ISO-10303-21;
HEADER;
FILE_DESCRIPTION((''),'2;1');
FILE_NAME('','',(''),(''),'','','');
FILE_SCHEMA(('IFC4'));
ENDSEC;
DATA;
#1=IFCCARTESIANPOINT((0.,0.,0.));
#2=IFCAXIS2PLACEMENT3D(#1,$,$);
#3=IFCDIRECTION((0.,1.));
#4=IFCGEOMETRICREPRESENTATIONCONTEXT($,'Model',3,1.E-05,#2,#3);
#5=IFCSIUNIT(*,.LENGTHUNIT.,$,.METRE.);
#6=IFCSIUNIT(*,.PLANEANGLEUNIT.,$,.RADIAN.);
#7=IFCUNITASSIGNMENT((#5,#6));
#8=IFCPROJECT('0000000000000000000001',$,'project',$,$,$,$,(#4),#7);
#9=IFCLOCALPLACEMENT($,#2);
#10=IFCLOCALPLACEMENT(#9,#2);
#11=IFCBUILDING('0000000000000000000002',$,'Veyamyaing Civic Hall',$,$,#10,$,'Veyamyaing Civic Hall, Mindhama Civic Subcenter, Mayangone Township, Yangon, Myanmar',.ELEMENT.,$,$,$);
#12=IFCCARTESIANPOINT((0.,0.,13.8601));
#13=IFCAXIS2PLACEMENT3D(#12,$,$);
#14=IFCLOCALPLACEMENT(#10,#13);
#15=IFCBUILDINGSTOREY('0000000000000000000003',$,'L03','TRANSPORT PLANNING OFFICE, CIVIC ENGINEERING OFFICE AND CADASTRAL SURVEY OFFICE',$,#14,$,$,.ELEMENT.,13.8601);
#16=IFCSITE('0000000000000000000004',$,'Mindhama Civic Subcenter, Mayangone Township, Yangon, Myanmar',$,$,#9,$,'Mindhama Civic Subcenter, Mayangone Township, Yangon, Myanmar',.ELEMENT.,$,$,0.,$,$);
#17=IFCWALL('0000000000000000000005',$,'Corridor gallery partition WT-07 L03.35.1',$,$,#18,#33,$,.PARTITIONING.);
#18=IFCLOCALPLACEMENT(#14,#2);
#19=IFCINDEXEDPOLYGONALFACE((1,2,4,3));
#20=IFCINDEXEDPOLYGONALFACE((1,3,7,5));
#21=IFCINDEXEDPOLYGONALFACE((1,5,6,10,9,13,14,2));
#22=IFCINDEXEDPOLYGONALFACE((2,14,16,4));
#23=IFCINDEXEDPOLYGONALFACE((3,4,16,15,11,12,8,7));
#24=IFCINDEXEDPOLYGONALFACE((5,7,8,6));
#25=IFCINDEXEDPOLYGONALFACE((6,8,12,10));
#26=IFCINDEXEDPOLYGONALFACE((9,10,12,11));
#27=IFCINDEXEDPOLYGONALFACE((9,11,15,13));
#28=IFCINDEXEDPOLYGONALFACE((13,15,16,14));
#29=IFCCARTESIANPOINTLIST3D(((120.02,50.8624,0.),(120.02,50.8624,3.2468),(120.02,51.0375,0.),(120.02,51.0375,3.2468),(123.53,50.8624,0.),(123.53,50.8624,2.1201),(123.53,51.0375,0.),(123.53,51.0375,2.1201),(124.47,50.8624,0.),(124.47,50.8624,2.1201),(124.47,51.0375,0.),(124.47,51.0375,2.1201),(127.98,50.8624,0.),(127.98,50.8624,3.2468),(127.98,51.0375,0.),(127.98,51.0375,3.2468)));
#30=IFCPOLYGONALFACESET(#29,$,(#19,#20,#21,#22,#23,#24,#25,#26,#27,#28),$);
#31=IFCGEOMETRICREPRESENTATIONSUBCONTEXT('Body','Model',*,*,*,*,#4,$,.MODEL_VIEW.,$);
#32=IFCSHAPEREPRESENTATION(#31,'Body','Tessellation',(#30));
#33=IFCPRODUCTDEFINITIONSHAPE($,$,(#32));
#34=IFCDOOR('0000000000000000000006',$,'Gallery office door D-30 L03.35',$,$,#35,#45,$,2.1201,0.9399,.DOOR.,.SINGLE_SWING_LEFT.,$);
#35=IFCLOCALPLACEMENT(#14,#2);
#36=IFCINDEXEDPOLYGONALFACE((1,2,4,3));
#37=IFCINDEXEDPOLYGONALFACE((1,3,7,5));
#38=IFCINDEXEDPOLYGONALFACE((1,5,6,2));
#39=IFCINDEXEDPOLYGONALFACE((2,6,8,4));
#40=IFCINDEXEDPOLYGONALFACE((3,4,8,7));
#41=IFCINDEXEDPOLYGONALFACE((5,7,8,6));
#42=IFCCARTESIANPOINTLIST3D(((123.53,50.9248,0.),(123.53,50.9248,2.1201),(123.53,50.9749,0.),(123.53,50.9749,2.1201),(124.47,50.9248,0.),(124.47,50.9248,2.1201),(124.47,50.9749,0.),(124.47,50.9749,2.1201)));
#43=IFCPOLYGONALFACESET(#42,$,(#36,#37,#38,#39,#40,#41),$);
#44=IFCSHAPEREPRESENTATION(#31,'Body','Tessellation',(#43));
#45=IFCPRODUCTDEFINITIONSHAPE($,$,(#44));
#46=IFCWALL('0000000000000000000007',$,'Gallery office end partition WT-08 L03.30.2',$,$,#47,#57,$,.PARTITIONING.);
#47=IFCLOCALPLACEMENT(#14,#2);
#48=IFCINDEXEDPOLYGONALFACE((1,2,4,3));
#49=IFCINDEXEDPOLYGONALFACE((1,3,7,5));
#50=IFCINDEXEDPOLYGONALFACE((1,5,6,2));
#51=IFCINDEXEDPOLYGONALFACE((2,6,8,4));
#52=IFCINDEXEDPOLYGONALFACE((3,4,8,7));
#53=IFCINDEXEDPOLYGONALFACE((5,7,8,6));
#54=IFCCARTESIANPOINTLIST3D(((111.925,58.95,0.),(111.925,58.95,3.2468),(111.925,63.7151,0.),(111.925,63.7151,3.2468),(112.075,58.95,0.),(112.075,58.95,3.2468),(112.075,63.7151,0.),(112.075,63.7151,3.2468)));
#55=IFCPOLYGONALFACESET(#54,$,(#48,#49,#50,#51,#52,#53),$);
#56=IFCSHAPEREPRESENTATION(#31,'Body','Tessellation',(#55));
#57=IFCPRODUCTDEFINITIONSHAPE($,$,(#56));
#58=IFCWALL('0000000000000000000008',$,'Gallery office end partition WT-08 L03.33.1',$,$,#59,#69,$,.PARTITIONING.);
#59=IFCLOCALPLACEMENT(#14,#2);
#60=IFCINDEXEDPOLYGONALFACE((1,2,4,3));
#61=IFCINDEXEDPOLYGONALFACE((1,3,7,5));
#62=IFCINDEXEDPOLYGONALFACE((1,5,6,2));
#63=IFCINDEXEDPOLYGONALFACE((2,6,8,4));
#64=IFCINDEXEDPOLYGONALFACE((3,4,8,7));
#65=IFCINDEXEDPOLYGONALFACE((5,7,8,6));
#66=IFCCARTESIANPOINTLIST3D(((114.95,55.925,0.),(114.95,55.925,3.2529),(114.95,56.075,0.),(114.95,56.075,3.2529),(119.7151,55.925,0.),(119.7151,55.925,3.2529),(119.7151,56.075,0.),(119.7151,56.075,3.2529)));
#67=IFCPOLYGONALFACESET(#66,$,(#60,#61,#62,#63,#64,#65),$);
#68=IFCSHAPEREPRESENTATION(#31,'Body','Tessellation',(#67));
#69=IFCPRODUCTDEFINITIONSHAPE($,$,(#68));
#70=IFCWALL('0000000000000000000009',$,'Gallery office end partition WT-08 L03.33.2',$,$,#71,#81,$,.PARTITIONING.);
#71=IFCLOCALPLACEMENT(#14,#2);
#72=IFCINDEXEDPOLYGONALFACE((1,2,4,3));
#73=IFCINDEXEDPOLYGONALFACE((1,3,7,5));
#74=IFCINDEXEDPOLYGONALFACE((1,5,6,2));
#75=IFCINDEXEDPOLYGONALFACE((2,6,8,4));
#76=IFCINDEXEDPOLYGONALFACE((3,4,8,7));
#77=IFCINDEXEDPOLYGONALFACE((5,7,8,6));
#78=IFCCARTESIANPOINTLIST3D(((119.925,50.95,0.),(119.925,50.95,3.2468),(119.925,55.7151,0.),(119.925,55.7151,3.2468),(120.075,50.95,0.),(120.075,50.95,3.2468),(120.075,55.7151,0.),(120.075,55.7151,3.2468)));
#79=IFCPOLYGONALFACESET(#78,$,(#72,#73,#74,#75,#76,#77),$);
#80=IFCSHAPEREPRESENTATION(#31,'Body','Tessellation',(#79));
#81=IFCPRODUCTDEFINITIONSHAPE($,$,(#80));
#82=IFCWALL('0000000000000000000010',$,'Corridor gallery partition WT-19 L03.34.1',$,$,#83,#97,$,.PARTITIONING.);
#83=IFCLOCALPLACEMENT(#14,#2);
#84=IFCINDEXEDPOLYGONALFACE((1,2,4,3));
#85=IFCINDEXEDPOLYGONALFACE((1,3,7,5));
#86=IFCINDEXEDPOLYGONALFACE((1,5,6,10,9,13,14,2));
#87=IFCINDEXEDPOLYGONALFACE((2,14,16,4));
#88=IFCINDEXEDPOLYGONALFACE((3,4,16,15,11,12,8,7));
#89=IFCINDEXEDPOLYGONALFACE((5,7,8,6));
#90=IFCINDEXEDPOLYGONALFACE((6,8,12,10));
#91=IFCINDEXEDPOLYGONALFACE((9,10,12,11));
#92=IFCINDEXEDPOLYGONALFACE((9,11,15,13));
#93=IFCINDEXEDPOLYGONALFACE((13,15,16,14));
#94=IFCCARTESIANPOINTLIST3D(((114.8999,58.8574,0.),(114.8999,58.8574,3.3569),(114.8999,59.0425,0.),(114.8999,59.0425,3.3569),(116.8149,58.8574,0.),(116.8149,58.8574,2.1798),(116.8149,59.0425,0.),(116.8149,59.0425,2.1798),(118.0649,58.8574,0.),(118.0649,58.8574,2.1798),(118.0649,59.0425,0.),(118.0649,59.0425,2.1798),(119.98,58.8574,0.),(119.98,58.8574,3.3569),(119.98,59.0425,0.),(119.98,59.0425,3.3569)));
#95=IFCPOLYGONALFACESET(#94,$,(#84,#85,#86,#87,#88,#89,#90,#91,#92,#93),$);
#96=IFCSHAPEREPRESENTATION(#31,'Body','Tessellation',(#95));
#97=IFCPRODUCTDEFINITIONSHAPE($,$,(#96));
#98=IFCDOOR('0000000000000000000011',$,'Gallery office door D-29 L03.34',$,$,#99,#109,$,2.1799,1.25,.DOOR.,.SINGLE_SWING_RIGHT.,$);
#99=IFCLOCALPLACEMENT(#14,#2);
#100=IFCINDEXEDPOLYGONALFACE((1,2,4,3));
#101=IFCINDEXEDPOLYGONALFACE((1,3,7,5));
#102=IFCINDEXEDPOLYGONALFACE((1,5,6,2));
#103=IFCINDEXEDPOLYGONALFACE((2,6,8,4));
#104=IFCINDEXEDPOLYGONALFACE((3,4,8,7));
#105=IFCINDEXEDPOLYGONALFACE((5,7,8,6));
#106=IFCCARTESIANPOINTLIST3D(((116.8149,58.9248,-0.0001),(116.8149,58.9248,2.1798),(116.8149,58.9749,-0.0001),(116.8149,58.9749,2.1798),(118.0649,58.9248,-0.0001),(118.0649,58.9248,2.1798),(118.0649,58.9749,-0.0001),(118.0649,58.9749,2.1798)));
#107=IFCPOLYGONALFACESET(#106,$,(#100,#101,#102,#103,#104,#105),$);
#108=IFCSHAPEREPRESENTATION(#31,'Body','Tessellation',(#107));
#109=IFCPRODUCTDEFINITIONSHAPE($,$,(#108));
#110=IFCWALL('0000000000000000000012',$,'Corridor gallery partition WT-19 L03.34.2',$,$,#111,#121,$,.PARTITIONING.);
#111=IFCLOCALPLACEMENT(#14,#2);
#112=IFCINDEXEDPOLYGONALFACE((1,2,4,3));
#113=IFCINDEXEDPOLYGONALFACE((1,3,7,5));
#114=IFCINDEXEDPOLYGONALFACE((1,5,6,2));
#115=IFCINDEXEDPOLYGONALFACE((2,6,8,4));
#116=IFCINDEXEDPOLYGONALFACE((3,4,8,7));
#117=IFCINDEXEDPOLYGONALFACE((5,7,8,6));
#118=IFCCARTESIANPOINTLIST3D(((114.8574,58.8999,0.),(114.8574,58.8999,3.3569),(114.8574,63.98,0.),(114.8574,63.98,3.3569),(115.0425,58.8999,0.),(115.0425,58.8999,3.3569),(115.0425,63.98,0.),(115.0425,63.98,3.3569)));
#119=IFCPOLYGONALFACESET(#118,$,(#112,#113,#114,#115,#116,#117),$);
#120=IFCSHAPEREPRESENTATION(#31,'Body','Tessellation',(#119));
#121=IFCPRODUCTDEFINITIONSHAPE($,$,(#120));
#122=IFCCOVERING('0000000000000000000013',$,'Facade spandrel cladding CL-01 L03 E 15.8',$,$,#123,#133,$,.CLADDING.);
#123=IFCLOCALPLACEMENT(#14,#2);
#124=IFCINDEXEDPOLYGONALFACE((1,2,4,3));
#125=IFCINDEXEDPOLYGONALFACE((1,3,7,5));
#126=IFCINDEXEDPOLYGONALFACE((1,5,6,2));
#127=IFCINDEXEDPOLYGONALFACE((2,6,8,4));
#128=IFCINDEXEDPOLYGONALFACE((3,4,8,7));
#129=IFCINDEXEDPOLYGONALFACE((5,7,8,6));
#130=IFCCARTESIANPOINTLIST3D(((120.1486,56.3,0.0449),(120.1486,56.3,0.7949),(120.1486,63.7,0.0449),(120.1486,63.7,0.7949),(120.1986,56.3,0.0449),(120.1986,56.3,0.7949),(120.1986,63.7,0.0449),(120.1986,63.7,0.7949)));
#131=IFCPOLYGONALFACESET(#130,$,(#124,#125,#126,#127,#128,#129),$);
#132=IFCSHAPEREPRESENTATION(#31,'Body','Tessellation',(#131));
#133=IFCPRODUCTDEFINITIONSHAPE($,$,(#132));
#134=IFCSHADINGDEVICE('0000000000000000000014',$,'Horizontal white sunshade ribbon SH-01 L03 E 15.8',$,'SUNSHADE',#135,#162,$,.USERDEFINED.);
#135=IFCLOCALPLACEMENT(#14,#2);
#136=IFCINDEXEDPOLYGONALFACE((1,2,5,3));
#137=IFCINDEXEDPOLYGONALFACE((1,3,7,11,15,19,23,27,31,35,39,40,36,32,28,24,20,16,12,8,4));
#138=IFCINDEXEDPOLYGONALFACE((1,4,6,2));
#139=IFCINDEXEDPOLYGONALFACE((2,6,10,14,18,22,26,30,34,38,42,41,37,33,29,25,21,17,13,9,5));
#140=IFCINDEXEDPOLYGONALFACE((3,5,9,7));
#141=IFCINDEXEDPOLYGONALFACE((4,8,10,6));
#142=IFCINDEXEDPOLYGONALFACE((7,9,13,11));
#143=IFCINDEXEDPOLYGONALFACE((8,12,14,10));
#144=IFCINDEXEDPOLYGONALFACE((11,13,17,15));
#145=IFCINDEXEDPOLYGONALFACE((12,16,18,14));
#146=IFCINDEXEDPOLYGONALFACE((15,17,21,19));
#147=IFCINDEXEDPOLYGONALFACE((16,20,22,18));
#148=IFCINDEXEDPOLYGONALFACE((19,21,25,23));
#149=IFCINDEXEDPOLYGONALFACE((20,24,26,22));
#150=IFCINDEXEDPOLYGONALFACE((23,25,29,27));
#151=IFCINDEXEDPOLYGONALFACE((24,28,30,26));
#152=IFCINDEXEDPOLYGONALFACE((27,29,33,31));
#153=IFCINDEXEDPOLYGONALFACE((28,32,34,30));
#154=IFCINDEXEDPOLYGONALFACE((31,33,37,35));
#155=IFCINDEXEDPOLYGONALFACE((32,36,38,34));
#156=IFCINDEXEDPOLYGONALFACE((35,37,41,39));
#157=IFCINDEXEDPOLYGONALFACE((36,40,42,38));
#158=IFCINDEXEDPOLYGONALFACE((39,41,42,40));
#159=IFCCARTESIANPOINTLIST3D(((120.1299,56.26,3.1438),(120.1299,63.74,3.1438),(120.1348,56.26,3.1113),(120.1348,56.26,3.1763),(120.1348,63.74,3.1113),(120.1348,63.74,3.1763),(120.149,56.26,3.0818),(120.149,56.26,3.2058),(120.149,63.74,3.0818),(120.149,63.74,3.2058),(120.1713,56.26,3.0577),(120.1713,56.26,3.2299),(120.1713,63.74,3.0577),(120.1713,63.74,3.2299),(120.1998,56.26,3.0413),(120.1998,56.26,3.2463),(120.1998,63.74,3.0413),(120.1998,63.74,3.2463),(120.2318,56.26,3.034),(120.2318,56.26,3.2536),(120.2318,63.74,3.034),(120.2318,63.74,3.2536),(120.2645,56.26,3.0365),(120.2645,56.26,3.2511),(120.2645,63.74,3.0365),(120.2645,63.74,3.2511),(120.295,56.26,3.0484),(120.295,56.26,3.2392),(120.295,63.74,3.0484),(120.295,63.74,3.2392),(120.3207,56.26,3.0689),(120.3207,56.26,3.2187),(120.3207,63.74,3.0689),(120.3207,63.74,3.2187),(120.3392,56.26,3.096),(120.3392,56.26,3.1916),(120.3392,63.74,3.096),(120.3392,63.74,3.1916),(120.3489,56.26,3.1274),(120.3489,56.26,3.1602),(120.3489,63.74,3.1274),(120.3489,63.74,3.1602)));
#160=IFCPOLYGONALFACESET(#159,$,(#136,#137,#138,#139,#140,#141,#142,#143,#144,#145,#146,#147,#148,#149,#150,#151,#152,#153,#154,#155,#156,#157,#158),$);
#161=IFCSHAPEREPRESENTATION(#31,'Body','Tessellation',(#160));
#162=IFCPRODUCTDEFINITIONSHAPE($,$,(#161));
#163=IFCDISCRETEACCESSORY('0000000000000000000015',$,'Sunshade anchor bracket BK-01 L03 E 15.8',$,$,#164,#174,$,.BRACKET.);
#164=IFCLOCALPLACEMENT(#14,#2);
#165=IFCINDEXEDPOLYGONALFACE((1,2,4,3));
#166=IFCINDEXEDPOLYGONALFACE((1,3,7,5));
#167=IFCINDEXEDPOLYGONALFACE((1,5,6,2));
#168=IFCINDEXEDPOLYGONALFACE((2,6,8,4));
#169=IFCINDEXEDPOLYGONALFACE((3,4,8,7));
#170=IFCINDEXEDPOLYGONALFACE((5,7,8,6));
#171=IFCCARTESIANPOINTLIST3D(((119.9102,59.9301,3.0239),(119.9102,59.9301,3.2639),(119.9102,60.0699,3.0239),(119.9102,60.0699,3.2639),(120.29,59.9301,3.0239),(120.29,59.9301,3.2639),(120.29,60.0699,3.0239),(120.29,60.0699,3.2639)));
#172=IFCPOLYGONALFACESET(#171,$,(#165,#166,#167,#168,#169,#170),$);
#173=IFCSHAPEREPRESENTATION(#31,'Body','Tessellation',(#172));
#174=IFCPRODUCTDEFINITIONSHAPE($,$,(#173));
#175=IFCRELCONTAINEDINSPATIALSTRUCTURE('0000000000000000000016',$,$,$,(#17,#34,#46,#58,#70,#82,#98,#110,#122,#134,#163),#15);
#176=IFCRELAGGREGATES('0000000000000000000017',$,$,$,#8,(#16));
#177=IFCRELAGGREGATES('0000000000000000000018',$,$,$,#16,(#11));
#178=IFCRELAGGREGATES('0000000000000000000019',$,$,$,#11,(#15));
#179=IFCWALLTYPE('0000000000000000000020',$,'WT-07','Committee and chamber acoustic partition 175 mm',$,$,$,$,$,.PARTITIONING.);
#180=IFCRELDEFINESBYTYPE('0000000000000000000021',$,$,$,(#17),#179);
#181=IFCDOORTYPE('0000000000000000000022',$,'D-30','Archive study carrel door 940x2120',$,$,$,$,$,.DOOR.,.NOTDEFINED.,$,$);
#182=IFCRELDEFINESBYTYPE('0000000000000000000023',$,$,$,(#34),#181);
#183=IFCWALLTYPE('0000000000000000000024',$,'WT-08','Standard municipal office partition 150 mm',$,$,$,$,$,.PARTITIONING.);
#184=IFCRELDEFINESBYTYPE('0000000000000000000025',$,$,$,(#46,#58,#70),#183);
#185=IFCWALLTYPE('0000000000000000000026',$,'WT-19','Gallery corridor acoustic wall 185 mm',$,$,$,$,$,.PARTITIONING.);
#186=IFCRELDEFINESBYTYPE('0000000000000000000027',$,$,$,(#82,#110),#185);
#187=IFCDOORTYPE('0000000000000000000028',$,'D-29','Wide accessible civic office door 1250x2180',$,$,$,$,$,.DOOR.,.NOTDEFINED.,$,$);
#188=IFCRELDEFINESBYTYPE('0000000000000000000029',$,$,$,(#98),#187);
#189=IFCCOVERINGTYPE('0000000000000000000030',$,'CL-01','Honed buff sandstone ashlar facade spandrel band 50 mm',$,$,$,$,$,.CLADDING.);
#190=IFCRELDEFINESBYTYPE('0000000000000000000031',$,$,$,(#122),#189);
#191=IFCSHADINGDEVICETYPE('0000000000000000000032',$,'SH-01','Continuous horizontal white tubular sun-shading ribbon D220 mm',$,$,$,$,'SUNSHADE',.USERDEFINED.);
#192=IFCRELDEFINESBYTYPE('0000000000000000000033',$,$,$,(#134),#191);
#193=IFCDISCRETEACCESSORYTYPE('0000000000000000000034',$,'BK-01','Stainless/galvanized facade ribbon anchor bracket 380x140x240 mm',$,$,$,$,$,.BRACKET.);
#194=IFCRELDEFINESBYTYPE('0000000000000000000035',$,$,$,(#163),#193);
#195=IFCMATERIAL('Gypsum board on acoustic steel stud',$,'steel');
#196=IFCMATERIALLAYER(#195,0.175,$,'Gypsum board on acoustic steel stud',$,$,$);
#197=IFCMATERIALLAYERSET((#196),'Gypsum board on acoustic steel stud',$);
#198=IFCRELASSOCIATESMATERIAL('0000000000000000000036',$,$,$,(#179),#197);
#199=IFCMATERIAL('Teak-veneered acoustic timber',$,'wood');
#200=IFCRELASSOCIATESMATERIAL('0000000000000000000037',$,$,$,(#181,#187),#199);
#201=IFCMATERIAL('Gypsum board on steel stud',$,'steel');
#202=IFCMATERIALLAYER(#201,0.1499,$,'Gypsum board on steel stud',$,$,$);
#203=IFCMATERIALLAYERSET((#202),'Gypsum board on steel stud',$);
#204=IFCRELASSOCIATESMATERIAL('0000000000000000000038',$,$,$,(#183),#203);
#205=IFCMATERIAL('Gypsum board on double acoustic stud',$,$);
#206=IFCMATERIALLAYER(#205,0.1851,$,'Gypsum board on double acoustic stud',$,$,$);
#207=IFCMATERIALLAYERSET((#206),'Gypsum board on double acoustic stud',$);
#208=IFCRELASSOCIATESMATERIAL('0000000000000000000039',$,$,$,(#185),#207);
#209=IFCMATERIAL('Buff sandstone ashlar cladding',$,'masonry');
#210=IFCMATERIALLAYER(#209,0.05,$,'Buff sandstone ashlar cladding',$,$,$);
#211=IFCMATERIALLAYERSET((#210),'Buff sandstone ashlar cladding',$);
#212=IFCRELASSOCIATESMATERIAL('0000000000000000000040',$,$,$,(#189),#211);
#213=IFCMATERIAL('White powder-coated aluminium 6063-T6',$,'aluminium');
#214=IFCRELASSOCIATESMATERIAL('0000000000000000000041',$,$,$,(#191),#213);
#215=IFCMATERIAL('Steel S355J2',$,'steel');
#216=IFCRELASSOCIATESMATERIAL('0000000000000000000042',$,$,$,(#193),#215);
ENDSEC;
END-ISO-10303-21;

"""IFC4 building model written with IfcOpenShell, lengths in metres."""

from ifc_helpers import new_model, si_unit, direction, frame, frame_2d, origin, origin_2d, place, context, subcontext, project, spatial, rectangle, circle, extrude, material, layer, layer_set, material_profile, profile_set, type_object, element, fill, save


model = new_model("IFC4")

# Units and contexts
model_context = context("Model", 3, precision=1e-05, world=origin(), true_north=direction((0.0, 1.0)))
body_context = subcontext(model_context, "Body", "Model", "MODEL_VIEW")
ifc_project = project(units=[si_unit("LENGTHUNIT", "METRE"), si_unit("PLANEANGLEUNIT", "RADIAN")], contexts=[model_context])

# Site, building, storey
site_placement = place(None, origin())
site = spatial("IfcSite", under=ifc_project, at=site_placement, Name="Mindhama Civic Subcenter, Mayangone Township, Yangon, Myanmar", LongName="Mindhama Civic Subcenter, Mayangone Township, Yangon, Myanmar", CompositionType="ELEMENT", RefElevation=0.0)
building_placement = place(site_placement, origin())
building = spatial("IfcBuilding", under=site, at=building_placement, Name="Veyamyaing Civic Hall", LongName="Veyamyaing Civic Hall, Mindhama Civic Subcenter, Mayangone Township, Yangon, Myanmar", CompositionType="ELEMENT")
storey_placement = place(building_placement, frame((0.0, 0.0, 13.8601)))
storey = spatial("IfcBuildingStorey", under=building, at=storey_placement, Name="L03", Description="TRANSPORT PLANNING OFFICE, CIVIC ENGINEERING OFFICE AND CADASTRAL SURVEY OFFICE", CompositionType="ELEMENT", Elevation=13.8601)

# Wall, opening, door
ifc_material_1 = material(Name="Gypsum board on acoustic steel stud", Category="steel")
ifc_layer_1 = layer(ifc_material_1, 0.175, Name="Gypsum board on acoustic steel stud")
ifc_layer_set_1 = layer_set([ifc_layer_1], Name="Gypsum board on acoustic steel stud")
wall_type_1 = type_object("IfcWallType", Name="WT-07", Description="Committee and chamber acoustic partition 175 mm", PredefinedType="PARTITIONING", material=ifc_layer_set_1)
ifc_material_2 = material(Name="Teak-veneered acoustic timber", Category="wood")
wall_1_placement = place(storey_placement, frame((120.02, 50.95, 0.0), z_axis=(0.0, 0.0, 1.0), x_axis=(1.0, 0.0, 0.0)))
wall_1 = element("IfcWall", 1, at=wall_1_placement, inside=storey, type_object=wall_type_1, Name="Corridor gallery partition WT-07 L03.35.1", PredefinedType="PARTITIONING", context=body_context, shape_type="SweptSolid", body=[
    extrude(rectangle(XDim=7.96, YDim=0.175, at=frame_2d((3.98, 0.0))), origin(), (0.0, 0.0, 1.0), 3.2468),
])
opening_1_placement = place(wall_1_placement, frame((3.51, 0.0, 0.0)))
opening_1 = element("IfcOpeningElement", 2, at=opening_1_placement, cuts=wall_1, PredefinedType="OPENING", context=body_context, shape_type="SweptSolid", body=[
    extrude(rectangle(XDim=0.9399, YDim=2.1201, at=frame_2d((0.47, 1.0601))), frame((0.0, 0.0974, 0.0), z_axis=(0.0, -1.0, 0.0), x_axis=(1.0, 0.0, 0.0)), (0.0, 0.0, 1.0), 0.1951),
])
door_type_1 = type_object("IfcDoorType", Name="D-30", Description="Archive study carrel door 940x2120", OperationType="NOTDEFINED", PredefinedType="DOOR", material=ifc_material_2)
door_1_placement = place(opening_1_placement, origin())
door_1 = element("IfcDoor", 3, at=door_1_placement, inside=storey, type_object=door_type_1, Name="Gallery office door D-30 L03.35", OperationType="SINGLE_SWING_LEFT", OverallHeight=2.1201, OverallWidth=0.9399, PredefinedType="DOOR", context=body_context, shape_type="SweptSolid", body=[
    extrude(rectangle(XDim=0.9399, YDim=2.1201, at=frame_2d((0.47, 1.0601))), frame((0.0, 0.0249, 0.0), z_axis=(0.0, -1.0, 0.0), x_axis=(1.0, 0.0, 0.0)), (0.0, 0.0, 1.0), 0.05),
])
fill(opening_1, door_1)

# Walls
ifc_material_3 = material(Name="Gypsum board on steel stud", Category="steel")
ifc_layer_2 = layer(ifc_material_3, 0.1499, Name="Gypsum board on steel stud")
ifc_layer_set_2 = layer_set([ifc_layer_2], Name="Gypsum board on steel stud")
wall_type_2 = type_object("IfcWallType", Name="WT-08", Description="Standard municipal office partition 150 mm", PredefinedType="PARTITIONING", material=ifc_layer_set_2)
wall_2_placement = place(storey_placement, frame((112.0, 58.95, 0.0), z_axis=(0.0, 0.0, 1.0), x_axis=(0.0, 1.0, 0.0)))
element("IfcWall", 4, at=wall_2_placement, inside=storey, type_object=wall_type_2, Name="Gallery office end partition WT-08 L03.30.2", PredefinedType="PARTITIONING", context=body_context, shape_type="SweptSolid", body=[
    extrude(rectangle(XDim=4.7651, YDim=0.1499, at=frame_2d((2.3826, 0.0))), origin(), (0.0, 0.0, 1.0), 3.2468),
])
wall_3_placement = place(storey_placement, frame((114.95, 56.0, 0.0), z_axis=(0.0, 0.0, 1.0), x_axis=(1.0, 0.0, 0.0)))
element("IfcWall", 5, at=wall_3_placement, inside=storey, type_object=wall_type_2, Name="Gallery office end partition WT-08 L03.33.1", PredefinedType="PARTITIONING", context=body_context, shape_type="SweptSolid", body=[
    extrude(rectangle(XDim=4.7651, YDim=0.1499, at=frame_2d((2.3826, 0.0))), origin(), (0.0, 0.0, 1.0), 3.2529),
])
wall_4_placement = place(storey_placement, frame((120.0, 50.95, 0.0), z_axis=(0.0, 0.0, 1.0), x_axis=(0.0, 1.0, 0.0)))
element("IfcWall", 6, at=wall_4_placement, inside=storey, type_object=wall_type_2, Name="Gallery office end partition WT-08 L03.33.2", PredefinedType="PARTITIONING", context=body_context, shape_type="SweptSolid", body=[
    extrude(rectangle(XDim=4.7651, YDim=0.1499, at=frame_2d((2.3826, 0.0))), origin(), (0.0, 0.0, 1.0), 3.2468),
])

# Wall, opening, door
ifc_material_4 = material(Name="Gypsum board on double acoustic stud")
ifc_layer_3 = layer(ifc_material_4, 0.1851, Name="Gypsum board on double acoustic stud")
ifc_layer_set_3 = layer_set([ifc_layer_3], Name="Gypsum board on double acoustic stud")
wall_type_3 = type_object("IfcWallType", Name="WT-19", Description="Gallery corridor acoustic wall 185 mm", PredefinedType="PARTITIONING", material=ifc_layer_set_3)
wall_5_placement = place(storey_placement, frame((114.8999, 58.95, 0.0), z_axis=(0.0, 0.0, 1.0), x_axis=(1.0, 0.0, 0.0)))
wall_5 = element("IfcWall", 7, at=wall_5_placement, inside=storey, type_object=wall_type_3, Name="Corridor gallery partition WT-19 L03.34.1", PredefinedType="PARTITIONING", context=body_context, shape_type="SweptSolid", body=[
    extrude(rectangle(XDim=5.0801, YDim=0.1851, at=frame_2d((2.54, 0.0))), origin(), (0.0, 0.0, 1.0), 3.3569),
])
opening_2_placement = place(wall_5_placement, frame((1.915, 0.0, 0.0)))
opening_2 = element("IfcOpeningElement", 8, at=opening_2_placement, cuts=wall_5, PredefinedType="OPENING", context=body_context, shape_type="SweptSolid", body=[
    extrude(rectangle(XDim=1.25, YDim=2.1799, at=frame_2d((0.625, 1.0898))), frame((0.0, 0.1025, 0.0), z_axis=(0.0, -1.0, 0.0), x_axis=(1.0, 0.0, 0.0)), (0.0, 0.0, 1.0), 0.2051),
])
door_type_2 = type_object("IfcDoorType", Name="D-29", Description="Wide accessible civic office door 1250x2180", OperationType="NOTDEFINED", PredefinedType="DOOR", material=ifc_material_2)
door_2_placement = place(opening_2_placement, origin())
door_2 = element("IfcDoor", 9, at=door_2_placement, inside=storey, type_object=door_type_2, Name="Gallery office door D-29 L03.34", OperationType="SINGLE_SWING_RIGHT", OverallHeight=2.1799, OverallWidth=1.25, PredefinedType="DOOR", context=body_context, shape_type="SweptSolid", body=[
    extrude(rectangle(XDim=1.25, YDim=2.1799, at=frame_2d((0.625, 1.0898))), frame((0.0, 0.0249, 0.0), z_axis=(0.0, -1.0, 0.0), x_axis=(1.0, 0.0, 0.0)), (0.0, 0.0, 1.0), 0.05),
])
fill(opening_2, door_2)

# Wall
wall_6_placement = place(storey_placement, frame((114.95, 58.8999, 0.0), z_axis=(0.0, 0.0, 1.0), x_axis=(0.0, 1.0, 0.0)))
element("IfcWall", 10, at=wall_6_placement, inside=storey, type_object=wall_type_3, Name="Corridor gallery partition WT-19 L03.34.2", PredefinedType="PARTITIONING", context=body_context, shape_type="SweptSolid", body=[
    extrude(rectangle(XDim=5.0801, YDim=0.1851, at=frame_2d((2.54, 0.0))), origin(), (0.0, 0.0, 1.0), 3.3569),
])

# Covering
ifc_material_5 = material(Name="Buff sandstone ashlar cladding", Category="masonry")
ifc_layer_4 = layer(ifc_material_5, 0.05, Name="Buff sandstone ashlar cladding")
ifc_layer_set_4 = layer_set([ifc_layer_4], Name="Buff sandstone ashlar cladding")
covering_type = type_object("IfcCoveringType", Name="CL-01", Description="Honed buff sandstone ashlar facade spandrel band 50 mm", PredefinedType="CLADDING", material=ifc_layer_set_4)
covering_placement = place(storey_placement, frame((120.1736, 60.0, 0.0449), z_axis=(0.0, 0.0, 1.0), x_axis=(0.0, 1.0, 0.0)))
element("IfcCovering", 11, at=covering_placement, inside=storey, type_object=covering_type, Name="Facade spandrel cladding CL-01 L03 E 15.8", PredefinedType="CLADDING", context=body_context, shape_type="SweptSolid", body=[
    extrude(rectangle(XDim=7.3999, YDim=0.05, at=origin_2d()), origin(), (0.0, 0.0, 1.0), 0.75),
])

# Shading device
ifc_material_6 = material(Name="White powder-coated aluminium 6063-T6", Category="aluminium")
ifc_material_profile_1 = material_profile(ifc_material_6, circle(Radius=0.1101, at=origin_2d()), Name="SHADE-TUBE-220")
ifc_profile_set_1 = profile_set([ifc_material_profile_1], Name="White powder-coated aluminium 6063-T6")
shading_device_type = type_object("IfcShadingDeviceType", Name="SH-01", Description="Continuous horizontal white tubular sun-shading ribbon D220 mm", ElementType="SUNSHADE", PredefinedType="USERDEFINED", material=ifc_profile_set_1)
shading_device_placement = place(storey_placement, frame((120.24, 56.26, 3.1438), z_axis=(0.0, 1.0, 0.0), x_axis=(-1.0, 0.0, 0.0)))
element("IfcShadingDevice", 12, at=shading_device_placement, inside=storey, type_object=shading_device_type, Name="Horizontal white sunshade ribbon SH-01 L03 E 15.8", ObjectType="SUNSHADE", PredefinedType="USERDEFINED", context=body_context, shape_type="SweptSolid", body=[
    extrude(circle(Radius=0.1101, at=origin_2d()), origin(), (0.0, 0.0, 1.0), 7.48),
])

# Discrete accessory
ifc_material_7 = material(Name="Steel S355J2", Category="steel")
discrete_accessory_type = type_object("IfcDiscreteAccessoryType", Name="BK-01", Description="Stainless/galvanized facade ribbon anchor bracket 380x140x240 mm", PredefinedType="BRACKET", material=ifc_material_7)
for number, where, z_axis, x_axis, name in (
    (13, (120.1001, 60.0, 3.0239), (0.0, 0.0, 1.0), (1.0, 0.0, 0.0), "Sunshade anchor bracket BK-01 L03 E 15.8"),
):
    element("IfcDiscreteAccessory", number, at=place(storey_placement, frame(where, z_axis=z_axis, x_axis=x_axis)), inside=storey, type_object=discrete_accessory_type, Name=name, PredefinedType="BRACKET", context=body_context, shape_type="SweptSolid", body=[
        extrude(rectangle(XDim=0.3799, YDim=0.1399, at=origin_2d()), origin(), (0.0, 0.0, 1.0), 0.24),
    ])

save(model, "model.ifc")
